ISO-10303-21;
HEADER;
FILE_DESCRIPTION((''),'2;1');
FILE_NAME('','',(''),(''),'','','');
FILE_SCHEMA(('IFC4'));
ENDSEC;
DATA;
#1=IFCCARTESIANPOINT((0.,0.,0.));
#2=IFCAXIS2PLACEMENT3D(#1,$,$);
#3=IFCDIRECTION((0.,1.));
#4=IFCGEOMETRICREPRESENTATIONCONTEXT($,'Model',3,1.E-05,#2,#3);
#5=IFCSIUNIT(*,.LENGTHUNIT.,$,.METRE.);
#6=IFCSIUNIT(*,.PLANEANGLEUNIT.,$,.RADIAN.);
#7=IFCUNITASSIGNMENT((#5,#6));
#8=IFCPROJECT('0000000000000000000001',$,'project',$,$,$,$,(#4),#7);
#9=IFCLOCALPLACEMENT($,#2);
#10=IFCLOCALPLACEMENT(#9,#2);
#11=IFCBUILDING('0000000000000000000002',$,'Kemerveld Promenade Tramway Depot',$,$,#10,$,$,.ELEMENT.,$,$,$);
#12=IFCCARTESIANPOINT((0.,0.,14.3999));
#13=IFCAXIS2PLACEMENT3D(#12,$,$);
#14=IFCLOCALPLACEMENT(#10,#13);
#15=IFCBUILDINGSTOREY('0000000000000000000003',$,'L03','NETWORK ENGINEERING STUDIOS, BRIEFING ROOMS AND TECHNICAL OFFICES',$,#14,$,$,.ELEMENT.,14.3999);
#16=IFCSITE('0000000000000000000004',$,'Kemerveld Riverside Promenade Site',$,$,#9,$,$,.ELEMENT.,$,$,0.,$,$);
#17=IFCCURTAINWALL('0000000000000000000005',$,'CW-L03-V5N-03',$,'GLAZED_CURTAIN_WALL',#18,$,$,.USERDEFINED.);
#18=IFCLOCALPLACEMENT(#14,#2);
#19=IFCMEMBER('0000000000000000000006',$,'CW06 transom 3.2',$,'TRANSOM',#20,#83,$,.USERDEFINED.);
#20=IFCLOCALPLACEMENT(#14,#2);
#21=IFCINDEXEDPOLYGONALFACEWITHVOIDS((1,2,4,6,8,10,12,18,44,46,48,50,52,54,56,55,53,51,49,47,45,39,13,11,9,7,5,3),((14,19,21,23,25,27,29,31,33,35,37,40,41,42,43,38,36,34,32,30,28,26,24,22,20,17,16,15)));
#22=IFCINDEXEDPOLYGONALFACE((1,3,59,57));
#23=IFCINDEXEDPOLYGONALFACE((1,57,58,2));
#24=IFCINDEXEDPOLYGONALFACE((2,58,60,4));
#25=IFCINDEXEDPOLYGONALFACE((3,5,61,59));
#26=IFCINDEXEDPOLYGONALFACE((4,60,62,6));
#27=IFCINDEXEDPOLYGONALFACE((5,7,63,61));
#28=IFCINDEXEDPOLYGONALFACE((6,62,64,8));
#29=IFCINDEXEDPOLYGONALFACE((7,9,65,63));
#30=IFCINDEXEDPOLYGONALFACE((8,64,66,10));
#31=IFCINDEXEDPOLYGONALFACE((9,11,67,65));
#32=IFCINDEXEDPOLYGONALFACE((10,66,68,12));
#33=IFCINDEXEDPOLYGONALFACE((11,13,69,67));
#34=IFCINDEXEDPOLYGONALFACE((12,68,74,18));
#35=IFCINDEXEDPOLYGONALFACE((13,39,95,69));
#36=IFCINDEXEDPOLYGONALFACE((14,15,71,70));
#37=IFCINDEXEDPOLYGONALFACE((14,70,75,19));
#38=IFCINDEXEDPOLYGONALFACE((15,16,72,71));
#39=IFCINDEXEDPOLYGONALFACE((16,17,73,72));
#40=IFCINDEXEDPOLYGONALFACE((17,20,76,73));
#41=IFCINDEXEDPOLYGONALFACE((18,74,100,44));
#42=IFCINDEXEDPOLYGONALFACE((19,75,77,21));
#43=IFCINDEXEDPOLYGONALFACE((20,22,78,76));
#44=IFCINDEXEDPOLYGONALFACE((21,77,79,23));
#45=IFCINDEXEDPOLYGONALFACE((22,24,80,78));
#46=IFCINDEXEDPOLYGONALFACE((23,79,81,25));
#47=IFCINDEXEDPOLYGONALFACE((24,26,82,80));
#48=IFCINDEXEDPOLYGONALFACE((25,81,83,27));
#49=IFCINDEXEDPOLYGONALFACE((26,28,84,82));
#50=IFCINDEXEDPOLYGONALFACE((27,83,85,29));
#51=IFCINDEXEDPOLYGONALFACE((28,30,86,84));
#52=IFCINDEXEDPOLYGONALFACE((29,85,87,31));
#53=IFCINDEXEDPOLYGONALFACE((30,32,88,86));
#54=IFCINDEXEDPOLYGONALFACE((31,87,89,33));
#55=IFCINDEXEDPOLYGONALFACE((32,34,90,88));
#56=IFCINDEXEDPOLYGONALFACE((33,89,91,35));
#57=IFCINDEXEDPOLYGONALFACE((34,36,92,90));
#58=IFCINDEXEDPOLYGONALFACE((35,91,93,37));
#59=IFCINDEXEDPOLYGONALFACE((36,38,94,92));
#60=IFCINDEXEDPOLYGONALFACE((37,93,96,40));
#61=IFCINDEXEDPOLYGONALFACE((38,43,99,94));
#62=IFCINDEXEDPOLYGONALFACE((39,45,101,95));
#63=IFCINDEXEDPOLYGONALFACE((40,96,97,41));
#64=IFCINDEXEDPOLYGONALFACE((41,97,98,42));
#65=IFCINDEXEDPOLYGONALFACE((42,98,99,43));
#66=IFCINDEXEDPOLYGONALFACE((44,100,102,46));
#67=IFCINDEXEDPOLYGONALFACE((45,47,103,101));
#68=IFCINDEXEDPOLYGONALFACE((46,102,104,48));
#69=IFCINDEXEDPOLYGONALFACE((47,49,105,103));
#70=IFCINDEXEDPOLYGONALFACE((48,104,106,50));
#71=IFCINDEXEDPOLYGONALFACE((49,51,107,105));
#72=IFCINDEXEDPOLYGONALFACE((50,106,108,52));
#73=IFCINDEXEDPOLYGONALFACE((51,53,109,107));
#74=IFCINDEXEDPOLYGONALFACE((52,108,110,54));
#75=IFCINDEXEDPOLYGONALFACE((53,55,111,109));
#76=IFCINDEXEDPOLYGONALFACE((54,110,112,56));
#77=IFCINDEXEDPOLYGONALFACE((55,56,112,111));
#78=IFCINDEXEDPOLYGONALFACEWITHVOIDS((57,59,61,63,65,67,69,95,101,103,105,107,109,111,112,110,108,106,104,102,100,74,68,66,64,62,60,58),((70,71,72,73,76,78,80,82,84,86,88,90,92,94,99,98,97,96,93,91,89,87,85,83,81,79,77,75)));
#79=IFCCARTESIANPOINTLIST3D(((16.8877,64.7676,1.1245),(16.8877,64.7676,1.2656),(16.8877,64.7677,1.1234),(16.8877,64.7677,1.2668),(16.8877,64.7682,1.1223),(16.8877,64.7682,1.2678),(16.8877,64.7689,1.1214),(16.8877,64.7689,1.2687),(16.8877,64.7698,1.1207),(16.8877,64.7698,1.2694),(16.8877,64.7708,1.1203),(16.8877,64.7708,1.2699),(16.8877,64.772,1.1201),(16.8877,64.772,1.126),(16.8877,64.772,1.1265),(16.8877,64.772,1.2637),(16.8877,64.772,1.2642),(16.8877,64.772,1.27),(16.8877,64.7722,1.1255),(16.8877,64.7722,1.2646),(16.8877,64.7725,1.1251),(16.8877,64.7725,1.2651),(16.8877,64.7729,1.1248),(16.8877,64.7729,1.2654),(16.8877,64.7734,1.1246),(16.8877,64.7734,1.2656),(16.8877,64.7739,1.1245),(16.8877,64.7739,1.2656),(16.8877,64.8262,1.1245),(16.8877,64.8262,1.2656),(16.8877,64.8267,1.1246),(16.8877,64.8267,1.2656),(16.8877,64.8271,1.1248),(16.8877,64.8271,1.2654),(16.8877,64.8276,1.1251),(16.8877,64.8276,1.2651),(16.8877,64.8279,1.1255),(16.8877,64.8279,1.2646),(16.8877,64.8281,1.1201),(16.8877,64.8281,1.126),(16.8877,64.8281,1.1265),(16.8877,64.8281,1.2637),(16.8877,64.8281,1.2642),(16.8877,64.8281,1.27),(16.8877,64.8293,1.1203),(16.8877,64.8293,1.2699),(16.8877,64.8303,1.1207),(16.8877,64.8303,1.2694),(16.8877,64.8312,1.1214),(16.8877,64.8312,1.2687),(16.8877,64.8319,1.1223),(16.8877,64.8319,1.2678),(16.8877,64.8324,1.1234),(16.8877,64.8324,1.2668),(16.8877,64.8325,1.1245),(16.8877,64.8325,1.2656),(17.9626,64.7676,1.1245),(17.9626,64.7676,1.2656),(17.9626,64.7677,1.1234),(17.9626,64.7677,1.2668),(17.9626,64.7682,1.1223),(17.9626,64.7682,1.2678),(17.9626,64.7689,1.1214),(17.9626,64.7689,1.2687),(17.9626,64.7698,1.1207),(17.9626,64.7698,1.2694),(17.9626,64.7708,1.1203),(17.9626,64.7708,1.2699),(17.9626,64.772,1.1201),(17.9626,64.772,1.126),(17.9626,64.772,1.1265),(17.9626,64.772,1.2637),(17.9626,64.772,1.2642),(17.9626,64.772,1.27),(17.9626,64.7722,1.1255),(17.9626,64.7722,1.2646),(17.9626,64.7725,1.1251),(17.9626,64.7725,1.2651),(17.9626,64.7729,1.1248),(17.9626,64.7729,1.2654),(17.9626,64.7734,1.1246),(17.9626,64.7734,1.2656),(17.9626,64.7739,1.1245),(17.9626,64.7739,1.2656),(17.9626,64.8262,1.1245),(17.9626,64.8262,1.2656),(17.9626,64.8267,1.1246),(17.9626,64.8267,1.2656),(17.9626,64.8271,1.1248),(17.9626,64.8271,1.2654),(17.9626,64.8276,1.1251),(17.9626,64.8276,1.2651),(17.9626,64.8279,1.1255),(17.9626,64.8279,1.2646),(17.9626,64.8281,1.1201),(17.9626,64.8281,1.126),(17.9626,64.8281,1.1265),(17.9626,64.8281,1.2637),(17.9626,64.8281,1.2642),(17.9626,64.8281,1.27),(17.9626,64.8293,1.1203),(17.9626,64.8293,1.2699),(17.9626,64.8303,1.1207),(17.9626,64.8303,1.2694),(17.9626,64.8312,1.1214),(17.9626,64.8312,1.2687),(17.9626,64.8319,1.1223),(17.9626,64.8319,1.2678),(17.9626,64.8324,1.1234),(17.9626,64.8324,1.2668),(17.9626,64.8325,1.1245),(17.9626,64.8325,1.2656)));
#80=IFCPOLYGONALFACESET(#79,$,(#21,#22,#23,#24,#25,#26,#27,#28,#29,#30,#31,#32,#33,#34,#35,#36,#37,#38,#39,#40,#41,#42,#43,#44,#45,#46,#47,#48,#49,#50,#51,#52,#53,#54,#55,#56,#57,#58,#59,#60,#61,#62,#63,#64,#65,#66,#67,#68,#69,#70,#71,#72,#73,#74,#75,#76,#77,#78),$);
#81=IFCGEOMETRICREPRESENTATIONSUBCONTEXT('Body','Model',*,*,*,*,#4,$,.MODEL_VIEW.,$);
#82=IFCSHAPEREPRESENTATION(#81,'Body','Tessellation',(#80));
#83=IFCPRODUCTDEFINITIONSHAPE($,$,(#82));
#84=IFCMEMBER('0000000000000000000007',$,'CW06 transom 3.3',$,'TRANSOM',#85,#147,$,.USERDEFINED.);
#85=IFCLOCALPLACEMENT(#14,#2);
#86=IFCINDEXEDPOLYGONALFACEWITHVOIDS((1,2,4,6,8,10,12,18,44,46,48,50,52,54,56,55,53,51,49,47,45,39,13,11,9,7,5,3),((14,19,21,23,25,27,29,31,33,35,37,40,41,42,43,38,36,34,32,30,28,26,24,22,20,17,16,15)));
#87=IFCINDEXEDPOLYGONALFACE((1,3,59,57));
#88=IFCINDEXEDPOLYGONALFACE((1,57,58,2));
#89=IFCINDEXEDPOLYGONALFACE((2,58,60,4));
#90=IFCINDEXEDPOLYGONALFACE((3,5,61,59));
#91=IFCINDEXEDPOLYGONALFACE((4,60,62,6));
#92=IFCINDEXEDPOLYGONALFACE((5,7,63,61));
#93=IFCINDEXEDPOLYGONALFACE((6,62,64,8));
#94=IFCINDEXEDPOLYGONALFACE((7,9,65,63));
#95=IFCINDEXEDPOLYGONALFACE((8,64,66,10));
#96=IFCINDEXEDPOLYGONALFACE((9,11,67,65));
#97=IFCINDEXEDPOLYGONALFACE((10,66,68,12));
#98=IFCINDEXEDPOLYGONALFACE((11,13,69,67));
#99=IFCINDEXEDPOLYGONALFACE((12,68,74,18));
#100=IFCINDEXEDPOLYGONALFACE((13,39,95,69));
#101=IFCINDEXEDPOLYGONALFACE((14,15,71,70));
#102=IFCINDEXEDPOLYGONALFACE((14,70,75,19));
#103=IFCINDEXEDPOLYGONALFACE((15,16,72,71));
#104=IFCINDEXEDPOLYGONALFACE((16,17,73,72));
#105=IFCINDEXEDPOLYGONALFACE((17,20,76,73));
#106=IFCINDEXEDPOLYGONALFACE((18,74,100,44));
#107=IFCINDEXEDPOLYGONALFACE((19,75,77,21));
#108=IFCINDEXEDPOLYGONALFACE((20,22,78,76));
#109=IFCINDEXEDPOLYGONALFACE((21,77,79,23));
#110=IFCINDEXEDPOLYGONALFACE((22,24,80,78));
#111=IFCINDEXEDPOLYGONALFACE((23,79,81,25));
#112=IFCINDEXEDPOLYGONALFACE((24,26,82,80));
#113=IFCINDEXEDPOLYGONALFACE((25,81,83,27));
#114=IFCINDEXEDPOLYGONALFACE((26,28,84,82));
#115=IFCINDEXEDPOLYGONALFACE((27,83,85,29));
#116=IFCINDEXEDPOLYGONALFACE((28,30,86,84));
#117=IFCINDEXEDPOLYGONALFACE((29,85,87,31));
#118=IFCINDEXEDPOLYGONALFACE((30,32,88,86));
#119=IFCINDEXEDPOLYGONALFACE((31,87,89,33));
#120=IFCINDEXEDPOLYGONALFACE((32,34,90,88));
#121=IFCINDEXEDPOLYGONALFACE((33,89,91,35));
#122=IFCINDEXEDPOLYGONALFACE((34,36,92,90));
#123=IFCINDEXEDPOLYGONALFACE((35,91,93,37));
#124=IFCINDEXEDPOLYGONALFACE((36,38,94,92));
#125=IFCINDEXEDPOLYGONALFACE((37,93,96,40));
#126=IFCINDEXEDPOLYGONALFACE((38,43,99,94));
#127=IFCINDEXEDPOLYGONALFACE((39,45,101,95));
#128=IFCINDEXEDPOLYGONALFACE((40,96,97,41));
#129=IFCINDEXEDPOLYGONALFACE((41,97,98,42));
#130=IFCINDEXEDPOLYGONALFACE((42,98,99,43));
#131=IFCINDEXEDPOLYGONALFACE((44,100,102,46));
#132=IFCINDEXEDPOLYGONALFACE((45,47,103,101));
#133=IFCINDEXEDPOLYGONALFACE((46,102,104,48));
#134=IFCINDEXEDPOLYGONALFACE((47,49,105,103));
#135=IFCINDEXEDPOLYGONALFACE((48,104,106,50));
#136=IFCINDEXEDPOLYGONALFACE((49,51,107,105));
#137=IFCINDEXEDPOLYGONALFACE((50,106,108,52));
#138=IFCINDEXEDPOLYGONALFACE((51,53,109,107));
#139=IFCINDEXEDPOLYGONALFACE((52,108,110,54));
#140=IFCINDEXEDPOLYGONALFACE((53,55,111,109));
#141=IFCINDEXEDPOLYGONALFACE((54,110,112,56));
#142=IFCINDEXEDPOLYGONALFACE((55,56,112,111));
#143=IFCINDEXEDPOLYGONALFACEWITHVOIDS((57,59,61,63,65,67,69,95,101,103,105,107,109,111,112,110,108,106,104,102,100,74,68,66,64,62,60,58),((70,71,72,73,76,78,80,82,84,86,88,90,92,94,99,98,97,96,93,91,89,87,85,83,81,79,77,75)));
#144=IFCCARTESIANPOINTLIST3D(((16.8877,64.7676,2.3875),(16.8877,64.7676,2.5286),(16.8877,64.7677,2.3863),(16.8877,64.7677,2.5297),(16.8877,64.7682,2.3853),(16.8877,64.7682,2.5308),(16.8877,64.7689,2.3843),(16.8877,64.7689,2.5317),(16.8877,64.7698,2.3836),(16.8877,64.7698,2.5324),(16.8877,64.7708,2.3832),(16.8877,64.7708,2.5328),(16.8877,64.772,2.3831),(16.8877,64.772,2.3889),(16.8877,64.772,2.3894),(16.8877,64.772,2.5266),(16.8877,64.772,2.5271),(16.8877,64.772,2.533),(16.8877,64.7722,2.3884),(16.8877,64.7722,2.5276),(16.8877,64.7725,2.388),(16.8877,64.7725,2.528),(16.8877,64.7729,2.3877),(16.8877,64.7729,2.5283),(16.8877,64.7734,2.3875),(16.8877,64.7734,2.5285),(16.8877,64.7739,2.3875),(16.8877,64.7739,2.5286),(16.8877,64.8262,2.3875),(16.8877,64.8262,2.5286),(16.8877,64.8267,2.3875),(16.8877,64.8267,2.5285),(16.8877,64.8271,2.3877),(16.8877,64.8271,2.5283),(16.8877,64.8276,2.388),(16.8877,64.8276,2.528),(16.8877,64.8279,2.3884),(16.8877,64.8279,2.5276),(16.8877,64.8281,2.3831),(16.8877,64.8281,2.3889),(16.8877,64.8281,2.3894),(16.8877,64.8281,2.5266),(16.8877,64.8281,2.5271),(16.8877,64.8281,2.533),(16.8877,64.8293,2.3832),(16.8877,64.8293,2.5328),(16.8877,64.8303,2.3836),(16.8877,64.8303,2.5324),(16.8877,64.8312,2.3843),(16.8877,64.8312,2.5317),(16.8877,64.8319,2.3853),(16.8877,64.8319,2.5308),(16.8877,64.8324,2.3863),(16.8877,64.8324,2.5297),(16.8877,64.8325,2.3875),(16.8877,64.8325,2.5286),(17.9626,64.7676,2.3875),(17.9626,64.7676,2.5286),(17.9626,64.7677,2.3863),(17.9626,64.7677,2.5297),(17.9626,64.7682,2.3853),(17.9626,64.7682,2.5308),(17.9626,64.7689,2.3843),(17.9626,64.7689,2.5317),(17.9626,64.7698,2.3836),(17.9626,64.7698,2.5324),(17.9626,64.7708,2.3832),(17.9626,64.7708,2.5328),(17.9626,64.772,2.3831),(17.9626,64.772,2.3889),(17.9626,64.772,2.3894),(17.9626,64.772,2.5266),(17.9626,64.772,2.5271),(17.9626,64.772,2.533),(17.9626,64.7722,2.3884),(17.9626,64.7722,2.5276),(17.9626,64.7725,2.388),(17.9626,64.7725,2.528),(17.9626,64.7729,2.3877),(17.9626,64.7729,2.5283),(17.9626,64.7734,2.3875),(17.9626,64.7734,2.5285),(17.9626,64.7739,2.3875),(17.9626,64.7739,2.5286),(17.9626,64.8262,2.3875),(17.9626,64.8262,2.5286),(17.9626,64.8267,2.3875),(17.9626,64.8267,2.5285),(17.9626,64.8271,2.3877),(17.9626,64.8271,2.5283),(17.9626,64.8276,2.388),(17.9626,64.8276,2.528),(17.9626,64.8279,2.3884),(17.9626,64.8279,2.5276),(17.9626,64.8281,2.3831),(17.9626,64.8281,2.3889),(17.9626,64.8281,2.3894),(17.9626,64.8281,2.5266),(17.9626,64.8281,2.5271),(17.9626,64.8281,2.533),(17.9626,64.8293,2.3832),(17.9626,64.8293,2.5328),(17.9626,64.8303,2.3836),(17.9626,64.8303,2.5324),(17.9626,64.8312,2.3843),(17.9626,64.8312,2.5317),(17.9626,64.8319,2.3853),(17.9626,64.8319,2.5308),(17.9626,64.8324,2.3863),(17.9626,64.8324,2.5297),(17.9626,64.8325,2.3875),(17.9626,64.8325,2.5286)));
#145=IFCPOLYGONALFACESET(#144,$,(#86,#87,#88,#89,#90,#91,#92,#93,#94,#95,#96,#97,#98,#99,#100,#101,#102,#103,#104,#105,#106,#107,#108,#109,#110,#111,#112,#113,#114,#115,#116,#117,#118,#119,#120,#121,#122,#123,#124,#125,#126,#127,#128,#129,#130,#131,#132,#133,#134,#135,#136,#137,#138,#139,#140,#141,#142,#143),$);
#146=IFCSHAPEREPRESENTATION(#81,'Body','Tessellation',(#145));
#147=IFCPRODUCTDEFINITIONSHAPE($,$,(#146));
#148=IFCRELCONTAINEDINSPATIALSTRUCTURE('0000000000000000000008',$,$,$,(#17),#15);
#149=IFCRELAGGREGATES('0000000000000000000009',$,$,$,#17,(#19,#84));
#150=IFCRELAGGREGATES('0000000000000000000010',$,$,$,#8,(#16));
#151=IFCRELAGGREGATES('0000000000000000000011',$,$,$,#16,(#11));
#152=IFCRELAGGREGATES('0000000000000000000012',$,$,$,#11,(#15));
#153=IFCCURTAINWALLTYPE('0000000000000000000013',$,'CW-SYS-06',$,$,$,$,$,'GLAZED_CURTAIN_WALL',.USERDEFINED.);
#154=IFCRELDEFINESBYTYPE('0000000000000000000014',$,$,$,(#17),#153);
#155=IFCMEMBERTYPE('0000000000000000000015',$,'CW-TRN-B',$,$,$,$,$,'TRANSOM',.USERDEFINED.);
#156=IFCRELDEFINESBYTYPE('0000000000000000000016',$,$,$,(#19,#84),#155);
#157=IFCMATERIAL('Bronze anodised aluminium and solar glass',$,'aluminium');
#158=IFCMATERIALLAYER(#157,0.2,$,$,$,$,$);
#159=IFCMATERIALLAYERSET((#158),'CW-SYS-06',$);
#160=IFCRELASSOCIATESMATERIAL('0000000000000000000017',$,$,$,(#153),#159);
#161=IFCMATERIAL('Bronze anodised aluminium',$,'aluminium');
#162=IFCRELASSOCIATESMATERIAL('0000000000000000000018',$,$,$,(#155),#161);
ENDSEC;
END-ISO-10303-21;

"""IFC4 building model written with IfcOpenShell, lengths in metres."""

from ifc_helpers import new_model, si_unit, direction, frame, origin, origin_2d, place, context, subcontext, project, spatial, hollow_rectangle, extrude, material, layer, layer_set, material_profile, profile_set, type_object, element, aggregate, save


model = new_model("IFC4")

# Units and contexts
model_context = context("Model", 3, precision=1e-05, world=origin(), true_north=direction((0.0, 1.0)))
body_context = subcontext(model_context, "Body", "Model", "MODEL_VIEW")
ifc_project = project(units=[si_unit("LENGTHUNIT", "METRE"), si_unit("PLANEANGLEUNIT", "RADIAN")], contexts=[model_context])

# Site, building, storey
site_placement = place(None, origin())
site = spatial("IfcSite", under=ifc_project, at=site_placement, Name="Kemerveld Riverside Promenade Site", CompositionType="ELEMENT", RefElevation=0.0)
building_placement = place(site_placement, origin())
building = spatial("IfcBuilding", under=site, at=building_placement, Name="Kemerveld Promenade Tramway Depot", CompositionType="ELEMENT")
storey_placement = place(building_placement, frame((0.0, 0.0, 14.3999)))
storey = spatial("IfcBuildingStorey", under=building, at=storey_placement, Name="L03", Description="NETWORK ENGINEERING STUDIOS, BRIEFING ROOMS AND TECHNICAL OFFICES", CompositionType="ELEMENT", Elevation=14.3999)

# Curtain wall, members
ifc_material_1 = material(Name="Bronze anodised aluminium and solar glass", Category="aluminium")
ifc_layer_1 = layer(ifc_material_1, 0.2)
ifc_layer_set_1 = layer_set([ifc_layer_1], Name="CW-SYS-06")
curtain_wall_type = type_object("IfcCurtainWallType", Name="CW-SYS-06", ElementType="GLAZED_CURTAIN_WALL", PredefinedType="USERDEFINED", material=ifc_layer_set_1)
curtain_wall_placement = place(storey_placement, origin())
curtain_wall = element("IfcCurtainWall", 1, at=curtain_wall_placement, inside=storey, type_object=curtain_wall_type, Name="CW-L03-V5N-03", ObjectType="GLAZED_CURTAIN_WALL", PredefinedType="USERDEFINED")
ifc_material_2 = material(Name="Bronze anodised aluminium", Category="aluminium")
ifc_material_profile_1 = material_profile(ifc_material_2, hollow_rectangle(XDim=0.0649, YDim=0.1499, WallThickness=0.0044, InnerFilletRadius=0.002, OuterFilletRadius=0.0044, at=origin_2d()), Name="CW-TRN-150x65")
ifc_profile_set_1 = profile_set([ifc_material_profile_1], Name="Bronze anodised aluminium")
member_type_1 = type_object("IfcMemberType", Name="CW-TRN-B", ElementType="TRANSOM", PredefinedType="USERDEFINED", material=ifc_profile_set_1)
member_1_placement = place(storey_placement, frame((16.8877, 64.8, 1.1951), z_axis=(1.0, 0.0, 0.0), x_axis=(0.0, 1.0, 0.0)))
member_1 = element("IfcMember", 2, at=member_1_placement, type_object=member_type_1, Name="CW06 transom 3.2", ObjectType="TRANSOM", PredefinedType="USERDEFINED", context=body_context, shape_type="SweptSolid", body=[
    extrude(hollow_rectangle(XDim=0.0649, YDim=0.1499, WallThickness=0.0044, InnerFilletRadius=0.002, OuterFilletRadius=0.0044, at=origin_2d()), origin(), (0.0, 0.0, 1.0), 1.075),
])
member_2_placement = place(storey_placement, frame((16.8877, 64.8, 2.458), z_axis=(1.0, 0.0, 0.0), x_axis=(0.0, 1.0, 0.0)))
member_2 = element("IfcMember", 3, at=member_2_placement, type_object=member_type_1, Name="CW06 transom 3.3", ObjectType="TRANSOM", PredefinedType="USERDEFINED", context=body_context, shape_type="SweptSolid", body=[
    extrude(hollow_rectangle(XDim=0.0649, YDim=0.1499, WallThickness=0.0044, InnerFilletRadius=0.002, OuterFilletRadius=0.0044, at=origin_2d()), origin(), (0.0, 0.0, 1.0), 1.075),
])
aggregate(curtain_wall, [member_1, member_2])

save(model, "model.ifc")
